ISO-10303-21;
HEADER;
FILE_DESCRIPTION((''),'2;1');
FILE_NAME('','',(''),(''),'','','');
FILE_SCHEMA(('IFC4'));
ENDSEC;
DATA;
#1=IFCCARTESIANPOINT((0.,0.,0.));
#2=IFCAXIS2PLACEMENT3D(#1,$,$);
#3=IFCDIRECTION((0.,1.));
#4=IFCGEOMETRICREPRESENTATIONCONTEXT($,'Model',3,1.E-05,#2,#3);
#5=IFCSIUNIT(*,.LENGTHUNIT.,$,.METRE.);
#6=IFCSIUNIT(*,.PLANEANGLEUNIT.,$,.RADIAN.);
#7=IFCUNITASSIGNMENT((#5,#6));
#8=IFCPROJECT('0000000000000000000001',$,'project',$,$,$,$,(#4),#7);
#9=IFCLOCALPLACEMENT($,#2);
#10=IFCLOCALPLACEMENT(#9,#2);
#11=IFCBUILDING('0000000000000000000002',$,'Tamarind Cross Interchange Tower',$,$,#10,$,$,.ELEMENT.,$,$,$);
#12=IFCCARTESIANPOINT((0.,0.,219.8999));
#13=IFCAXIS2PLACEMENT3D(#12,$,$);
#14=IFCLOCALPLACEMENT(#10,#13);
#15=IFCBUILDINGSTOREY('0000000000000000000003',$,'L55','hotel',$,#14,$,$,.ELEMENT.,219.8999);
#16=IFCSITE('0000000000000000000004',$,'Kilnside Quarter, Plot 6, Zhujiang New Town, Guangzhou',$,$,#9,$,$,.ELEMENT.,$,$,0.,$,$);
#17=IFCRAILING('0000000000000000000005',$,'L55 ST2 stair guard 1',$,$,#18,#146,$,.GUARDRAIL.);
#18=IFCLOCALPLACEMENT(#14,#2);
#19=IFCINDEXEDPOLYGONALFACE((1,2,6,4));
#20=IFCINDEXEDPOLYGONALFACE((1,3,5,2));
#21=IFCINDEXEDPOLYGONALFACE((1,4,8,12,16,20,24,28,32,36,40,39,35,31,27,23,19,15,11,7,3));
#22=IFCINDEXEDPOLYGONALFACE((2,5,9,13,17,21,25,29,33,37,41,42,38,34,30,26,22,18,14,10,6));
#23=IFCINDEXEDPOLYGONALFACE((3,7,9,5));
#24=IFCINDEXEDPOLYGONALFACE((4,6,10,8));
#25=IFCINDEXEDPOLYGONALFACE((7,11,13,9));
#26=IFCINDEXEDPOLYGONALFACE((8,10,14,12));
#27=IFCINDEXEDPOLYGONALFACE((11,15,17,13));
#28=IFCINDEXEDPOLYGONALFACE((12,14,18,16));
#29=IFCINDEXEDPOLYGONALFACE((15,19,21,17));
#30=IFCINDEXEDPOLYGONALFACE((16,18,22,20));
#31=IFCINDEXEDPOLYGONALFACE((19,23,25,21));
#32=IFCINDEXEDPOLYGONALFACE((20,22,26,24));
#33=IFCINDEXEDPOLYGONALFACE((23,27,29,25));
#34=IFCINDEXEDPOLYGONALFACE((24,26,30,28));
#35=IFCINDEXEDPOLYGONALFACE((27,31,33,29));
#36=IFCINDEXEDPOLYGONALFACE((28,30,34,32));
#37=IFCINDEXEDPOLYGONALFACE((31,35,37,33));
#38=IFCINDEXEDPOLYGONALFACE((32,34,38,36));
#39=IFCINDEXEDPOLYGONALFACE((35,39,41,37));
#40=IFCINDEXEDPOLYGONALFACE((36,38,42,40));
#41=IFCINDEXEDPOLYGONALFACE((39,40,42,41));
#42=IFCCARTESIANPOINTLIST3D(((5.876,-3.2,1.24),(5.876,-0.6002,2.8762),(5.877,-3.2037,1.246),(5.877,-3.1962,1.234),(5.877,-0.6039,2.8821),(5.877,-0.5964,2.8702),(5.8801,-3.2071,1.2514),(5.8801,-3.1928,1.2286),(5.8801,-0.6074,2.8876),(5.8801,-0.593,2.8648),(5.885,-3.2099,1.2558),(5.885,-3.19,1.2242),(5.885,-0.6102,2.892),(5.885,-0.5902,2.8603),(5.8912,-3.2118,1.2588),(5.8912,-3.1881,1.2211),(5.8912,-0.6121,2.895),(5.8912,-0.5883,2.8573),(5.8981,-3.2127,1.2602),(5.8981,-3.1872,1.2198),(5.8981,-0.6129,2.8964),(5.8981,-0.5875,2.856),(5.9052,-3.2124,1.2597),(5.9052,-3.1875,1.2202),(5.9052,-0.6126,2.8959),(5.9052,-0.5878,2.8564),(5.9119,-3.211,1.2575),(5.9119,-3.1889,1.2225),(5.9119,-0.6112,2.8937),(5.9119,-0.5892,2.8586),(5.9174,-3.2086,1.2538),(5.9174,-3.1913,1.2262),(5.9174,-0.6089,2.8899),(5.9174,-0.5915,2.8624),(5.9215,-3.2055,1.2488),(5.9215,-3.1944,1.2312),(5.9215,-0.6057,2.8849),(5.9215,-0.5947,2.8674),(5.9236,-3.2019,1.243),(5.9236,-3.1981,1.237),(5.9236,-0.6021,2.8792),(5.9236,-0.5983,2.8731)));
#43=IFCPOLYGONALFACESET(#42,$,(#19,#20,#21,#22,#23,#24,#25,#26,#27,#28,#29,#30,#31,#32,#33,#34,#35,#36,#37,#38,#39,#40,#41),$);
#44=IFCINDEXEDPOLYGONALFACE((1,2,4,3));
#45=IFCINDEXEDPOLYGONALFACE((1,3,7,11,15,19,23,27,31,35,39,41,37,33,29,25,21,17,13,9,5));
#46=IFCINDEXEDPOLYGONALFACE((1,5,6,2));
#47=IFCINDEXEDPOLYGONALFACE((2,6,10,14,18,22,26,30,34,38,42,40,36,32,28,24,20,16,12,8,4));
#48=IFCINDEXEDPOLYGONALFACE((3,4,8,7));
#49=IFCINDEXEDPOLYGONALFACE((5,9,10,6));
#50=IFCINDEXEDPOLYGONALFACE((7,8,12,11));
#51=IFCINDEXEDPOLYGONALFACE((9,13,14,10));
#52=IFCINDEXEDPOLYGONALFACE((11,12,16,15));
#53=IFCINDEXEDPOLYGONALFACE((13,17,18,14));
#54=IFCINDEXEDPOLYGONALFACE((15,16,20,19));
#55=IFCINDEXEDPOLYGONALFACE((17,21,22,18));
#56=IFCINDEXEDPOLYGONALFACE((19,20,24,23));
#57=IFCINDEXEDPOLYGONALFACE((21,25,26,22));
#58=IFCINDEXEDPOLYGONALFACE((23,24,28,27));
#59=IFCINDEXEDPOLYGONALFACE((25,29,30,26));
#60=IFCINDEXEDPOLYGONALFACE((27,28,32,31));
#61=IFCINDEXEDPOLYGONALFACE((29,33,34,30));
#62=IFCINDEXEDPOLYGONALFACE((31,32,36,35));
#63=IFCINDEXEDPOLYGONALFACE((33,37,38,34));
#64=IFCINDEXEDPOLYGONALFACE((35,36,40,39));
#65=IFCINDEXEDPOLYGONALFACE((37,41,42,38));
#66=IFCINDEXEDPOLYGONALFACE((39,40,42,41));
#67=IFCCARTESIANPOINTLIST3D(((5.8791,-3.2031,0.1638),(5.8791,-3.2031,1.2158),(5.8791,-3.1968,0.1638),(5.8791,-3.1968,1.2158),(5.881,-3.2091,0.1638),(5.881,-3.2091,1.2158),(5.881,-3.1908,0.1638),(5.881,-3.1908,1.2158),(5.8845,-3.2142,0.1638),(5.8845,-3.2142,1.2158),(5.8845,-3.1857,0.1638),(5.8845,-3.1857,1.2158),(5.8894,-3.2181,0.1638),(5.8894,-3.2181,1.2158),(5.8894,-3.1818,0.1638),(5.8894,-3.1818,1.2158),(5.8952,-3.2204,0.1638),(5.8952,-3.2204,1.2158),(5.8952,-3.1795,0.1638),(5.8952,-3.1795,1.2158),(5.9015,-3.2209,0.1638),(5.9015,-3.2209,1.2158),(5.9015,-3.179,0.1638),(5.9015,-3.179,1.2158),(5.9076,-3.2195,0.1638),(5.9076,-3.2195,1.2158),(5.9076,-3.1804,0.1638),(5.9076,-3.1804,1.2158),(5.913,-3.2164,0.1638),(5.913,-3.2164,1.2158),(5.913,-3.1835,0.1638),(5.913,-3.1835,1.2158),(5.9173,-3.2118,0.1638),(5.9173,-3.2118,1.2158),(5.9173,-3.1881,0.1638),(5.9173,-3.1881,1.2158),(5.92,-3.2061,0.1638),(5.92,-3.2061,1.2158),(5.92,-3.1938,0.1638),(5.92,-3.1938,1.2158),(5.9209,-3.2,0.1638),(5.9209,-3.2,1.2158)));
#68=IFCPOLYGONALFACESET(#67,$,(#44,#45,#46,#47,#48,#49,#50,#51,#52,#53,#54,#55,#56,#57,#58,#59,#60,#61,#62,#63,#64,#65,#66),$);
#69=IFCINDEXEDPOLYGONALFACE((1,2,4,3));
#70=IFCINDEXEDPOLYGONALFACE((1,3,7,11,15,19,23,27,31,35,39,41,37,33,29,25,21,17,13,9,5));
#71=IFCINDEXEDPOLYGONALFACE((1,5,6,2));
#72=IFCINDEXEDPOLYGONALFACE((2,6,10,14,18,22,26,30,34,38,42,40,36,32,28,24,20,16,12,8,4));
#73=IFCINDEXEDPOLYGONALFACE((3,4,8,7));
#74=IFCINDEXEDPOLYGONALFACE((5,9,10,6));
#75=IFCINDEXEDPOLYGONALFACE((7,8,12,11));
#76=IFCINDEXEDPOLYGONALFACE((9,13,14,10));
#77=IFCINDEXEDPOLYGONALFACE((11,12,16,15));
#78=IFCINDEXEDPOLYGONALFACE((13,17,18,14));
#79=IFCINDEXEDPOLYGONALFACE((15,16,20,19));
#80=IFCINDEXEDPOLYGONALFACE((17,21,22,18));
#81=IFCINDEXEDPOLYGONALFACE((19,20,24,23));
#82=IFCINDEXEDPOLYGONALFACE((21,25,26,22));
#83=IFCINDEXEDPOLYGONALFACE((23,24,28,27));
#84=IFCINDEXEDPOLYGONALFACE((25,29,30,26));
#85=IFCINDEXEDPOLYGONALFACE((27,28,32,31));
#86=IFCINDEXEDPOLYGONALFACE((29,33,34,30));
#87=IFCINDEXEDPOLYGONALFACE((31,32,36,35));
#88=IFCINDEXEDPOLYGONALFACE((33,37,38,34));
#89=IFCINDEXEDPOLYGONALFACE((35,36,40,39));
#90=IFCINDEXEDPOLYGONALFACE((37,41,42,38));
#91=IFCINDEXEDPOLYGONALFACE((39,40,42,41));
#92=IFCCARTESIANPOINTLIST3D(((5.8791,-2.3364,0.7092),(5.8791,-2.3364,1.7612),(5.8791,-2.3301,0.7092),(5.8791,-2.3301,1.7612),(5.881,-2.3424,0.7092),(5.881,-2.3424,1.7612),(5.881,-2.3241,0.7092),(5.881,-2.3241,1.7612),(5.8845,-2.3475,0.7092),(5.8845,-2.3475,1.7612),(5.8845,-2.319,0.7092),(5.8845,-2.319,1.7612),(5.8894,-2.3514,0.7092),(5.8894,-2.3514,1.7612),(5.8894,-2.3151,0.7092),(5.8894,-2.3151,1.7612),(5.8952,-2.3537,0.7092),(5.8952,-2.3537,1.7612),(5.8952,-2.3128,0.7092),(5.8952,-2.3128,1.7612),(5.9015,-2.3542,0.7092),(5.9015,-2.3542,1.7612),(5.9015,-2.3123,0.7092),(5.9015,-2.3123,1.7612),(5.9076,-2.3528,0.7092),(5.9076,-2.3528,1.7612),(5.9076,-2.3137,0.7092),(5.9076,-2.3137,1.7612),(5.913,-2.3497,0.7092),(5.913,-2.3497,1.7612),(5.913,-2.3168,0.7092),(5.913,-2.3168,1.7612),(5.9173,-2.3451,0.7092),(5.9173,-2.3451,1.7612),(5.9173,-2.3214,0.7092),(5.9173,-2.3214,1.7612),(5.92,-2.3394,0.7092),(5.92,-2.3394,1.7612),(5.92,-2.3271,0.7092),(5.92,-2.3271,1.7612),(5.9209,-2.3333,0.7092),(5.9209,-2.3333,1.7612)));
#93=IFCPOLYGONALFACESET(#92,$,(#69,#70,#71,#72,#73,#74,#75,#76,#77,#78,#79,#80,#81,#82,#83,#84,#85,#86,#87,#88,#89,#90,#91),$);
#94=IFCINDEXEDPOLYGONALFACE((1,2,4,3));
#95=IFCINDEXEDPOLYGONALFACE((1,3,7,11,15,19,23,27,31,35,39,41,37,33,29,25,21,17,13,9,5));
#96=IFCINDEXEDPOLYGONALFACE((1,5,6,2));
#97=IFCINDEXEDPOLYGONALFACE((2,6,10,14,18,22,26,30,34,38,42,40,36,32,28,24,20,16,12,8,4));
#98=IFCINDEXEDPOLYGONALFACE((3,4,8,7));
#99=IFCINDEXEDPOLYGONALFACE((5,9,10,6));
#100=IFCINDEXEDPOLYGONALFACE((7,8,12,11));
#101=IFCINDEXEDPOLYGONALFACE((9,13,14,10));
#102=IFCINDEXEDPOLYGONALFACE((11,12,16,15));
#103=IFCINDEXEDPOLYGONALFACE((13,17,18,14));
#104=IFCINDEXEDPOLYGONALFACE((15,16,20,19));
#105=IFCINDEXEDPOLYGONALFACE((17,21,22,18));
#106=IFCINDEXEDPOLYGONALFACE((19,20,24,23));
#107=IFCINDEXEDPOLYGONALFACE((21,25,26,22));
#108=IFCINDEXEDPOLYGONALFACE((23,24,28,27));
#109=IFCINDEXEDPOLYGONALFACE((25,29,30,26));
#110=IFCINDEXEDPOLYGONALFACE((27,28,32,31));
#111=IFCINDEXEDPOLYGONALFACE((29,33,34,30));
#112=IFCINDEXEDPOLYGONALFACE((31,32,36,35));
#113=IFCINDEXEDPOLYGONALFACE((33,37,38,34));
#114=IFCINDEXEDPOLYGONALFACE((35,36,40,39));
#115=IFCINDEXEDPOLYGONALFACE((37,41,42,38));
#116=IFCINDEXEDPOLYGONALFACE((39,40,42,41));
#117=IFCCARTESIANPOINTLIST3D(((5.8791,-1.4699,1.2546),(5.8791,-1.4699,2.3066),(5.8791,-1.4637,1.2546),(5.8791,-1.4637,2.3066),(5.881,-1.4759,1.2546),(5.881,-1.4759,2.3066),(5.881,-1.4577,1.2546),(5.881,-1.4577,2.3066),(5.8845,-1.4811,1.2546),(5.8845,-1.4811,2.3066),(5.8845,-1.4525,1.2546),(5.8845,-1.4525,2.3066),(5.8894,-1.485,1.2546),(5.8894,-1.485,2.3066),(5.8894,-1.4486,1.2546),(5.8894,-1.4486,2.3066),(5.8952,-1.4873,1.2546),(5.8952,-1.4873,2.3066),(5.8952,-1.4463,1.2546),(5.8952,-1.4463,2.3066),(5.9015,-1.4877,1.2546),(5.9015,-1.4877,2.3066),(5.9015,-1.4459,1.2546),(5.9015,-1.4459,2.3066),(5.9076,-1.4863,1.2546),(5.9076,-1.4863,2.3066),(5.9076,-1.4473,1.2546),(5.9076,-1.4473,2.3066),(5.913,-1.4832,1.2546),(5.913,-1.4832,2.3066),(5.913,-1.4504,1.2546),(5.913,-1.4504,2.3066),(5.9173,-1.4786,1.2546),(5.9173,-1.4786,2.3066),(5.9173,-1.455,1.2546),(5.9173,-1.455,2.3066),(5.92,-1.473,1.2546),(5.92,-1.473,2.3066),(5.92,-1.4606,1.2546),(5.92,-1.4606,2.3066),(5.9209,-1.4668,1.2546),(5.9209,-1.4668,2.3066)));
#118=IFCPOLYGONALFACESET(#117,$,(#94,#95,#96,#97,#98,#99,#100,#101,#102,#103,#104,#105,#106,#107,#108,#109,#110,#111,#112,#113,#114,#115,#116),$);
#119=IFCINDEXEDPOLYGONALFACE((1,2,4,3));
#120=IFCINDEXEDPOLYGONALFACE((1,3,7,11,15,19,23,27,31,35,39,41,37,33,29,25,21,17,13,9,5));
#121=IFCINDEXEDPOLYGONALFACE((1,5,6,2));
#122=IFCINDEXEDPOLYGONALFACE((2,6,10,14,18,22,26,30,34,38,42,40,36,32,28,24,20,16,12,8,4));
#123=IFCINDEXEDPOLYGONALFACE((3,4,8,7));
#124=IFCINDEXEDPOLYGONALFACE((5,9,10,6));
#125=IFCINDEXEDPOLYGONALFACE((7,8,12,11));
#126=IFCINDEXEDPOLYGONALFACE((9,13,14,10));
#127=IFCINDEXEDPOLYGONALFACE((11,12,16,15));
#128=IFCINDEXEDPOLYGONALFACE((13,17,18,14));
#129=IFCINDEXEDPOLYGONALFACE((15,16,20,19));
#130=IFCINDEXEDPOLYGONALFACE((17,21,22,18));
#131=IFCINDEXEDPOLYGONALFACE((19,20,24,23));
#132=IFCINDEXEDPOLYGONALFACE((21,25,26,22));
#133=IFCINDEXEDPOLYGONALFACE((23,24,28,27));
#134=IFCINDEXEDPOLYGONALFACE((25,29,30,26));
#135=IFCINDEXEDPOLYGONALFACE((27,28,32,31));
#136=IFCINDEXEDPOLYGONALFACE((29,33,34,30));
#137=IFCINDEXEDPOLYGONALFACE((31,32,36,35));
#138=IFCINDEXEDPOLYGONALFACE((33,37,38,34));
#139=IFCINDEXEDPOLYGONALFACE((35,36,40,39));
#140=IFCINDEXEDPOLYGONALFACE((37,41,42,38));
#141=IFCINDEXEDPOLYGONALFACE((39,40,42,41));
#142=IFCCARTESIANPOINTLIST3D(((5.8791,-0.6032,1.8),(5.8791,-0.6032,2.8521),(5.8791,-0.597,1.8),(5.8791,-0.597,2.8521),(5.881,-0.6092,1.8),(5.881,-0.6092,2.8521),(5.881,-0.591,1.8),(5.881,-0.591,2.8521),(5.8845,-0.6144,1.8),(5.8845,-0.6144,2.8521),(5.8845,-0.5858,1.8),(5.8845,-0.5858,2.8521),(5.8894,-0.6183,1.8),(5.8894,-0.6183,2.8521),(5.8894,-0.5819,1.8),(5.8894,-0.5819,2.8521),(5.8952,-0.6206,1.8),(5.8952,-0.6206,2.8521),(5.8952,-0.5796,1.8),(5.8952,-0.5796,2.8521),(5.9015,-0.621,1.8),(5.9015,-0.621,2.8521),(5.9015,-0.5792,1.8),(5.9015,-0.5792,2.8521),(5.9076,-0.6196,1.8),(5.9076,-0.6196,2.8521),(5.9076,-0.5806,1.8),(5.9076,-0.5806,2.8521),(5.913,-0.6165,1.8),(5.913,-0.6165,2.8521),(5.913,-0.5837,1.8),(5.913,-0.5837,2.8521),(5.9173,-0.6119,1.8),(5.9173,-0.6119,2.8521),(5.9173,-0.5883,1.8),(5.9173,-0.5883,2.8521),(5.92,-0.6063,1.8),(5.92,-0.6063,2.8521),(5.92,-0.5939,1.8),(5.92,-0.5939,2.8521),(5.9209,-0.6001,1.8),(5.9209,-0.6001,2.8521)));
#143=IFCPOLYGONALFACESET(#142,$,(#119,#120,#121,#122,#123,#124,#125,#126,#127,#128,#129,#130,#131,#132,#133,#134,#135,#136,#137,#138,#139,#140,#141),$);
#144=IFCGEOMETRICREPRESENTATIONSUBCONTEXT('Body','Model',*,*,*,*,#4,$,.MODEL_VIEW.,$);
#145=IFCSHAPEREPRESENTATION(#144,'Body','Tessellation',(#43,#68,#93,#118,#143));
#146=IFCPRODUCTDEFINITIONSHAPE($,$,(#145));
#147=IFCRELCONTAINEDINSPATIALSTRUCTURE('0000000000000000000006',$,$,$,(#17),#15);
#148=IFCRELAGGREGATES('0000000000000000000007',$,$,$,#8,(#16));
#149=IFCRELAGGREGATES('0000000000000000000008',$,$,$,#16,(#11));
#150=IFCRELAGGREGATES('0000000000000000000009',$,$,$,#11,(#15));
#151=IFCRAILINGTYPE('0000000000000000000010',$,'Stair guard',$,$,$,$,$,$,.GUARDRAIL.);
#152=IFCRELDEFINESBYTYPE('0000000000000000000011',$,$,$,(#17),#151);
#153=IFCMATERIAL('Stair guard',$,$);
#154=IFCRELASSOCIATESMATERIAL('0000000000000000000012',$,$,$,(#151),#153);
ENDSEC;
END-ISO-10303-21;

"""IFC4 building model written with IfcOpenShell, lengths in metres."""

from ifc_helpers import new_model, si_unit, direction, frame, origin, origin_2d, place, context, subcontext, project, spatial, circle, extrude, material, type_object, element, save


model = new_model("IFC4")

# Units and contexts
model_context = context("Model", 3, precision=1e-05, world=origin(), true_north=direction((0.0, 1.0)))
body_context = subcontext(model_context, "Body", "Model", "MODEL_VIEW")
ifc_project = project(units=[si_unit("LENGTHUNIT", "METRE"), si_unit("PLANEANGLEUNIT", "RADIAN")], contexts=[model_context])

# Site, building, storey
site_placement = place(None, origin())
site = spatial("IfcSite", under=ifc_project, at=site_placement, Name="Kilnside Quarter, Plot 6, Zhujiang New Town, Guangzhou", CompositionType="ELEMENT", RefElevation=0.0)
building_placement = place(site_placement, origin())
building = spatial("IfcBuilding", under=site, at=building_placement, Name="Tamarind Cross Interchange Tower", CompositionType="ELEMENT")
storey_placement = place(building_placement, frame((0.0, 0.0, 219.8999)))
storey = spatial("IfcBuildingStorey", under=building, at=storey_placement, Name="L55", Description="hotel", CompositionType="ELEMENT", Elevation=219.8999)

# Railing
ifc_material_1 = material(Name="Stair guard")
railing_type_1 = type_object("IfcRailingType", Name="Stair guard", PredefinedType="GUARDRAIL", material=ifc_material_1)
railing_1_placement = place(storey_placement, frame((5.8999, -3.2, 0.1638)))
element("IfcRailing", 1, at=railing_1_placement, inside=storey, type_object=railing_type_1, Name="L55 ST2 stair guard 1", PredefinedType="GUARDRAIL", context=body_context, shape_type="SweptSolid", body=[
    extrude(circle(Radius=0.0239, at=origin_2d()), frame((0.0, 0.0, 1.0762), z_axis=(0.0, 0.846338, 0.532647), x_axis=(-1.0, 0.0, 0.0)), (0.0, 0.0, 1.0), 3.0718),
    extrude(circle(Radius=0.021, at=origin_2d()), origin(), (0.0, 0.0, 1.0), 1.052),
    extrude(circle(Radius=0.021, at=origin_2d()), frame((0.0, 0.8667, 0.5454)), (0.0, 0.0, 1.0), 1.052),
    extrude(circle(Radius=0.021, at=origin_2d()), frame((0.0, 1.7332, 1.0908)), (0.0, 0.0, 1.0), 1.052),
    extrude(circle(Radius=0.021, at=origin_2d()), frame((0.0, 2.5999, 1.6362)), (0.0, 0.0, 1.0), 1.052),
])

save(model, "model.ifc")
